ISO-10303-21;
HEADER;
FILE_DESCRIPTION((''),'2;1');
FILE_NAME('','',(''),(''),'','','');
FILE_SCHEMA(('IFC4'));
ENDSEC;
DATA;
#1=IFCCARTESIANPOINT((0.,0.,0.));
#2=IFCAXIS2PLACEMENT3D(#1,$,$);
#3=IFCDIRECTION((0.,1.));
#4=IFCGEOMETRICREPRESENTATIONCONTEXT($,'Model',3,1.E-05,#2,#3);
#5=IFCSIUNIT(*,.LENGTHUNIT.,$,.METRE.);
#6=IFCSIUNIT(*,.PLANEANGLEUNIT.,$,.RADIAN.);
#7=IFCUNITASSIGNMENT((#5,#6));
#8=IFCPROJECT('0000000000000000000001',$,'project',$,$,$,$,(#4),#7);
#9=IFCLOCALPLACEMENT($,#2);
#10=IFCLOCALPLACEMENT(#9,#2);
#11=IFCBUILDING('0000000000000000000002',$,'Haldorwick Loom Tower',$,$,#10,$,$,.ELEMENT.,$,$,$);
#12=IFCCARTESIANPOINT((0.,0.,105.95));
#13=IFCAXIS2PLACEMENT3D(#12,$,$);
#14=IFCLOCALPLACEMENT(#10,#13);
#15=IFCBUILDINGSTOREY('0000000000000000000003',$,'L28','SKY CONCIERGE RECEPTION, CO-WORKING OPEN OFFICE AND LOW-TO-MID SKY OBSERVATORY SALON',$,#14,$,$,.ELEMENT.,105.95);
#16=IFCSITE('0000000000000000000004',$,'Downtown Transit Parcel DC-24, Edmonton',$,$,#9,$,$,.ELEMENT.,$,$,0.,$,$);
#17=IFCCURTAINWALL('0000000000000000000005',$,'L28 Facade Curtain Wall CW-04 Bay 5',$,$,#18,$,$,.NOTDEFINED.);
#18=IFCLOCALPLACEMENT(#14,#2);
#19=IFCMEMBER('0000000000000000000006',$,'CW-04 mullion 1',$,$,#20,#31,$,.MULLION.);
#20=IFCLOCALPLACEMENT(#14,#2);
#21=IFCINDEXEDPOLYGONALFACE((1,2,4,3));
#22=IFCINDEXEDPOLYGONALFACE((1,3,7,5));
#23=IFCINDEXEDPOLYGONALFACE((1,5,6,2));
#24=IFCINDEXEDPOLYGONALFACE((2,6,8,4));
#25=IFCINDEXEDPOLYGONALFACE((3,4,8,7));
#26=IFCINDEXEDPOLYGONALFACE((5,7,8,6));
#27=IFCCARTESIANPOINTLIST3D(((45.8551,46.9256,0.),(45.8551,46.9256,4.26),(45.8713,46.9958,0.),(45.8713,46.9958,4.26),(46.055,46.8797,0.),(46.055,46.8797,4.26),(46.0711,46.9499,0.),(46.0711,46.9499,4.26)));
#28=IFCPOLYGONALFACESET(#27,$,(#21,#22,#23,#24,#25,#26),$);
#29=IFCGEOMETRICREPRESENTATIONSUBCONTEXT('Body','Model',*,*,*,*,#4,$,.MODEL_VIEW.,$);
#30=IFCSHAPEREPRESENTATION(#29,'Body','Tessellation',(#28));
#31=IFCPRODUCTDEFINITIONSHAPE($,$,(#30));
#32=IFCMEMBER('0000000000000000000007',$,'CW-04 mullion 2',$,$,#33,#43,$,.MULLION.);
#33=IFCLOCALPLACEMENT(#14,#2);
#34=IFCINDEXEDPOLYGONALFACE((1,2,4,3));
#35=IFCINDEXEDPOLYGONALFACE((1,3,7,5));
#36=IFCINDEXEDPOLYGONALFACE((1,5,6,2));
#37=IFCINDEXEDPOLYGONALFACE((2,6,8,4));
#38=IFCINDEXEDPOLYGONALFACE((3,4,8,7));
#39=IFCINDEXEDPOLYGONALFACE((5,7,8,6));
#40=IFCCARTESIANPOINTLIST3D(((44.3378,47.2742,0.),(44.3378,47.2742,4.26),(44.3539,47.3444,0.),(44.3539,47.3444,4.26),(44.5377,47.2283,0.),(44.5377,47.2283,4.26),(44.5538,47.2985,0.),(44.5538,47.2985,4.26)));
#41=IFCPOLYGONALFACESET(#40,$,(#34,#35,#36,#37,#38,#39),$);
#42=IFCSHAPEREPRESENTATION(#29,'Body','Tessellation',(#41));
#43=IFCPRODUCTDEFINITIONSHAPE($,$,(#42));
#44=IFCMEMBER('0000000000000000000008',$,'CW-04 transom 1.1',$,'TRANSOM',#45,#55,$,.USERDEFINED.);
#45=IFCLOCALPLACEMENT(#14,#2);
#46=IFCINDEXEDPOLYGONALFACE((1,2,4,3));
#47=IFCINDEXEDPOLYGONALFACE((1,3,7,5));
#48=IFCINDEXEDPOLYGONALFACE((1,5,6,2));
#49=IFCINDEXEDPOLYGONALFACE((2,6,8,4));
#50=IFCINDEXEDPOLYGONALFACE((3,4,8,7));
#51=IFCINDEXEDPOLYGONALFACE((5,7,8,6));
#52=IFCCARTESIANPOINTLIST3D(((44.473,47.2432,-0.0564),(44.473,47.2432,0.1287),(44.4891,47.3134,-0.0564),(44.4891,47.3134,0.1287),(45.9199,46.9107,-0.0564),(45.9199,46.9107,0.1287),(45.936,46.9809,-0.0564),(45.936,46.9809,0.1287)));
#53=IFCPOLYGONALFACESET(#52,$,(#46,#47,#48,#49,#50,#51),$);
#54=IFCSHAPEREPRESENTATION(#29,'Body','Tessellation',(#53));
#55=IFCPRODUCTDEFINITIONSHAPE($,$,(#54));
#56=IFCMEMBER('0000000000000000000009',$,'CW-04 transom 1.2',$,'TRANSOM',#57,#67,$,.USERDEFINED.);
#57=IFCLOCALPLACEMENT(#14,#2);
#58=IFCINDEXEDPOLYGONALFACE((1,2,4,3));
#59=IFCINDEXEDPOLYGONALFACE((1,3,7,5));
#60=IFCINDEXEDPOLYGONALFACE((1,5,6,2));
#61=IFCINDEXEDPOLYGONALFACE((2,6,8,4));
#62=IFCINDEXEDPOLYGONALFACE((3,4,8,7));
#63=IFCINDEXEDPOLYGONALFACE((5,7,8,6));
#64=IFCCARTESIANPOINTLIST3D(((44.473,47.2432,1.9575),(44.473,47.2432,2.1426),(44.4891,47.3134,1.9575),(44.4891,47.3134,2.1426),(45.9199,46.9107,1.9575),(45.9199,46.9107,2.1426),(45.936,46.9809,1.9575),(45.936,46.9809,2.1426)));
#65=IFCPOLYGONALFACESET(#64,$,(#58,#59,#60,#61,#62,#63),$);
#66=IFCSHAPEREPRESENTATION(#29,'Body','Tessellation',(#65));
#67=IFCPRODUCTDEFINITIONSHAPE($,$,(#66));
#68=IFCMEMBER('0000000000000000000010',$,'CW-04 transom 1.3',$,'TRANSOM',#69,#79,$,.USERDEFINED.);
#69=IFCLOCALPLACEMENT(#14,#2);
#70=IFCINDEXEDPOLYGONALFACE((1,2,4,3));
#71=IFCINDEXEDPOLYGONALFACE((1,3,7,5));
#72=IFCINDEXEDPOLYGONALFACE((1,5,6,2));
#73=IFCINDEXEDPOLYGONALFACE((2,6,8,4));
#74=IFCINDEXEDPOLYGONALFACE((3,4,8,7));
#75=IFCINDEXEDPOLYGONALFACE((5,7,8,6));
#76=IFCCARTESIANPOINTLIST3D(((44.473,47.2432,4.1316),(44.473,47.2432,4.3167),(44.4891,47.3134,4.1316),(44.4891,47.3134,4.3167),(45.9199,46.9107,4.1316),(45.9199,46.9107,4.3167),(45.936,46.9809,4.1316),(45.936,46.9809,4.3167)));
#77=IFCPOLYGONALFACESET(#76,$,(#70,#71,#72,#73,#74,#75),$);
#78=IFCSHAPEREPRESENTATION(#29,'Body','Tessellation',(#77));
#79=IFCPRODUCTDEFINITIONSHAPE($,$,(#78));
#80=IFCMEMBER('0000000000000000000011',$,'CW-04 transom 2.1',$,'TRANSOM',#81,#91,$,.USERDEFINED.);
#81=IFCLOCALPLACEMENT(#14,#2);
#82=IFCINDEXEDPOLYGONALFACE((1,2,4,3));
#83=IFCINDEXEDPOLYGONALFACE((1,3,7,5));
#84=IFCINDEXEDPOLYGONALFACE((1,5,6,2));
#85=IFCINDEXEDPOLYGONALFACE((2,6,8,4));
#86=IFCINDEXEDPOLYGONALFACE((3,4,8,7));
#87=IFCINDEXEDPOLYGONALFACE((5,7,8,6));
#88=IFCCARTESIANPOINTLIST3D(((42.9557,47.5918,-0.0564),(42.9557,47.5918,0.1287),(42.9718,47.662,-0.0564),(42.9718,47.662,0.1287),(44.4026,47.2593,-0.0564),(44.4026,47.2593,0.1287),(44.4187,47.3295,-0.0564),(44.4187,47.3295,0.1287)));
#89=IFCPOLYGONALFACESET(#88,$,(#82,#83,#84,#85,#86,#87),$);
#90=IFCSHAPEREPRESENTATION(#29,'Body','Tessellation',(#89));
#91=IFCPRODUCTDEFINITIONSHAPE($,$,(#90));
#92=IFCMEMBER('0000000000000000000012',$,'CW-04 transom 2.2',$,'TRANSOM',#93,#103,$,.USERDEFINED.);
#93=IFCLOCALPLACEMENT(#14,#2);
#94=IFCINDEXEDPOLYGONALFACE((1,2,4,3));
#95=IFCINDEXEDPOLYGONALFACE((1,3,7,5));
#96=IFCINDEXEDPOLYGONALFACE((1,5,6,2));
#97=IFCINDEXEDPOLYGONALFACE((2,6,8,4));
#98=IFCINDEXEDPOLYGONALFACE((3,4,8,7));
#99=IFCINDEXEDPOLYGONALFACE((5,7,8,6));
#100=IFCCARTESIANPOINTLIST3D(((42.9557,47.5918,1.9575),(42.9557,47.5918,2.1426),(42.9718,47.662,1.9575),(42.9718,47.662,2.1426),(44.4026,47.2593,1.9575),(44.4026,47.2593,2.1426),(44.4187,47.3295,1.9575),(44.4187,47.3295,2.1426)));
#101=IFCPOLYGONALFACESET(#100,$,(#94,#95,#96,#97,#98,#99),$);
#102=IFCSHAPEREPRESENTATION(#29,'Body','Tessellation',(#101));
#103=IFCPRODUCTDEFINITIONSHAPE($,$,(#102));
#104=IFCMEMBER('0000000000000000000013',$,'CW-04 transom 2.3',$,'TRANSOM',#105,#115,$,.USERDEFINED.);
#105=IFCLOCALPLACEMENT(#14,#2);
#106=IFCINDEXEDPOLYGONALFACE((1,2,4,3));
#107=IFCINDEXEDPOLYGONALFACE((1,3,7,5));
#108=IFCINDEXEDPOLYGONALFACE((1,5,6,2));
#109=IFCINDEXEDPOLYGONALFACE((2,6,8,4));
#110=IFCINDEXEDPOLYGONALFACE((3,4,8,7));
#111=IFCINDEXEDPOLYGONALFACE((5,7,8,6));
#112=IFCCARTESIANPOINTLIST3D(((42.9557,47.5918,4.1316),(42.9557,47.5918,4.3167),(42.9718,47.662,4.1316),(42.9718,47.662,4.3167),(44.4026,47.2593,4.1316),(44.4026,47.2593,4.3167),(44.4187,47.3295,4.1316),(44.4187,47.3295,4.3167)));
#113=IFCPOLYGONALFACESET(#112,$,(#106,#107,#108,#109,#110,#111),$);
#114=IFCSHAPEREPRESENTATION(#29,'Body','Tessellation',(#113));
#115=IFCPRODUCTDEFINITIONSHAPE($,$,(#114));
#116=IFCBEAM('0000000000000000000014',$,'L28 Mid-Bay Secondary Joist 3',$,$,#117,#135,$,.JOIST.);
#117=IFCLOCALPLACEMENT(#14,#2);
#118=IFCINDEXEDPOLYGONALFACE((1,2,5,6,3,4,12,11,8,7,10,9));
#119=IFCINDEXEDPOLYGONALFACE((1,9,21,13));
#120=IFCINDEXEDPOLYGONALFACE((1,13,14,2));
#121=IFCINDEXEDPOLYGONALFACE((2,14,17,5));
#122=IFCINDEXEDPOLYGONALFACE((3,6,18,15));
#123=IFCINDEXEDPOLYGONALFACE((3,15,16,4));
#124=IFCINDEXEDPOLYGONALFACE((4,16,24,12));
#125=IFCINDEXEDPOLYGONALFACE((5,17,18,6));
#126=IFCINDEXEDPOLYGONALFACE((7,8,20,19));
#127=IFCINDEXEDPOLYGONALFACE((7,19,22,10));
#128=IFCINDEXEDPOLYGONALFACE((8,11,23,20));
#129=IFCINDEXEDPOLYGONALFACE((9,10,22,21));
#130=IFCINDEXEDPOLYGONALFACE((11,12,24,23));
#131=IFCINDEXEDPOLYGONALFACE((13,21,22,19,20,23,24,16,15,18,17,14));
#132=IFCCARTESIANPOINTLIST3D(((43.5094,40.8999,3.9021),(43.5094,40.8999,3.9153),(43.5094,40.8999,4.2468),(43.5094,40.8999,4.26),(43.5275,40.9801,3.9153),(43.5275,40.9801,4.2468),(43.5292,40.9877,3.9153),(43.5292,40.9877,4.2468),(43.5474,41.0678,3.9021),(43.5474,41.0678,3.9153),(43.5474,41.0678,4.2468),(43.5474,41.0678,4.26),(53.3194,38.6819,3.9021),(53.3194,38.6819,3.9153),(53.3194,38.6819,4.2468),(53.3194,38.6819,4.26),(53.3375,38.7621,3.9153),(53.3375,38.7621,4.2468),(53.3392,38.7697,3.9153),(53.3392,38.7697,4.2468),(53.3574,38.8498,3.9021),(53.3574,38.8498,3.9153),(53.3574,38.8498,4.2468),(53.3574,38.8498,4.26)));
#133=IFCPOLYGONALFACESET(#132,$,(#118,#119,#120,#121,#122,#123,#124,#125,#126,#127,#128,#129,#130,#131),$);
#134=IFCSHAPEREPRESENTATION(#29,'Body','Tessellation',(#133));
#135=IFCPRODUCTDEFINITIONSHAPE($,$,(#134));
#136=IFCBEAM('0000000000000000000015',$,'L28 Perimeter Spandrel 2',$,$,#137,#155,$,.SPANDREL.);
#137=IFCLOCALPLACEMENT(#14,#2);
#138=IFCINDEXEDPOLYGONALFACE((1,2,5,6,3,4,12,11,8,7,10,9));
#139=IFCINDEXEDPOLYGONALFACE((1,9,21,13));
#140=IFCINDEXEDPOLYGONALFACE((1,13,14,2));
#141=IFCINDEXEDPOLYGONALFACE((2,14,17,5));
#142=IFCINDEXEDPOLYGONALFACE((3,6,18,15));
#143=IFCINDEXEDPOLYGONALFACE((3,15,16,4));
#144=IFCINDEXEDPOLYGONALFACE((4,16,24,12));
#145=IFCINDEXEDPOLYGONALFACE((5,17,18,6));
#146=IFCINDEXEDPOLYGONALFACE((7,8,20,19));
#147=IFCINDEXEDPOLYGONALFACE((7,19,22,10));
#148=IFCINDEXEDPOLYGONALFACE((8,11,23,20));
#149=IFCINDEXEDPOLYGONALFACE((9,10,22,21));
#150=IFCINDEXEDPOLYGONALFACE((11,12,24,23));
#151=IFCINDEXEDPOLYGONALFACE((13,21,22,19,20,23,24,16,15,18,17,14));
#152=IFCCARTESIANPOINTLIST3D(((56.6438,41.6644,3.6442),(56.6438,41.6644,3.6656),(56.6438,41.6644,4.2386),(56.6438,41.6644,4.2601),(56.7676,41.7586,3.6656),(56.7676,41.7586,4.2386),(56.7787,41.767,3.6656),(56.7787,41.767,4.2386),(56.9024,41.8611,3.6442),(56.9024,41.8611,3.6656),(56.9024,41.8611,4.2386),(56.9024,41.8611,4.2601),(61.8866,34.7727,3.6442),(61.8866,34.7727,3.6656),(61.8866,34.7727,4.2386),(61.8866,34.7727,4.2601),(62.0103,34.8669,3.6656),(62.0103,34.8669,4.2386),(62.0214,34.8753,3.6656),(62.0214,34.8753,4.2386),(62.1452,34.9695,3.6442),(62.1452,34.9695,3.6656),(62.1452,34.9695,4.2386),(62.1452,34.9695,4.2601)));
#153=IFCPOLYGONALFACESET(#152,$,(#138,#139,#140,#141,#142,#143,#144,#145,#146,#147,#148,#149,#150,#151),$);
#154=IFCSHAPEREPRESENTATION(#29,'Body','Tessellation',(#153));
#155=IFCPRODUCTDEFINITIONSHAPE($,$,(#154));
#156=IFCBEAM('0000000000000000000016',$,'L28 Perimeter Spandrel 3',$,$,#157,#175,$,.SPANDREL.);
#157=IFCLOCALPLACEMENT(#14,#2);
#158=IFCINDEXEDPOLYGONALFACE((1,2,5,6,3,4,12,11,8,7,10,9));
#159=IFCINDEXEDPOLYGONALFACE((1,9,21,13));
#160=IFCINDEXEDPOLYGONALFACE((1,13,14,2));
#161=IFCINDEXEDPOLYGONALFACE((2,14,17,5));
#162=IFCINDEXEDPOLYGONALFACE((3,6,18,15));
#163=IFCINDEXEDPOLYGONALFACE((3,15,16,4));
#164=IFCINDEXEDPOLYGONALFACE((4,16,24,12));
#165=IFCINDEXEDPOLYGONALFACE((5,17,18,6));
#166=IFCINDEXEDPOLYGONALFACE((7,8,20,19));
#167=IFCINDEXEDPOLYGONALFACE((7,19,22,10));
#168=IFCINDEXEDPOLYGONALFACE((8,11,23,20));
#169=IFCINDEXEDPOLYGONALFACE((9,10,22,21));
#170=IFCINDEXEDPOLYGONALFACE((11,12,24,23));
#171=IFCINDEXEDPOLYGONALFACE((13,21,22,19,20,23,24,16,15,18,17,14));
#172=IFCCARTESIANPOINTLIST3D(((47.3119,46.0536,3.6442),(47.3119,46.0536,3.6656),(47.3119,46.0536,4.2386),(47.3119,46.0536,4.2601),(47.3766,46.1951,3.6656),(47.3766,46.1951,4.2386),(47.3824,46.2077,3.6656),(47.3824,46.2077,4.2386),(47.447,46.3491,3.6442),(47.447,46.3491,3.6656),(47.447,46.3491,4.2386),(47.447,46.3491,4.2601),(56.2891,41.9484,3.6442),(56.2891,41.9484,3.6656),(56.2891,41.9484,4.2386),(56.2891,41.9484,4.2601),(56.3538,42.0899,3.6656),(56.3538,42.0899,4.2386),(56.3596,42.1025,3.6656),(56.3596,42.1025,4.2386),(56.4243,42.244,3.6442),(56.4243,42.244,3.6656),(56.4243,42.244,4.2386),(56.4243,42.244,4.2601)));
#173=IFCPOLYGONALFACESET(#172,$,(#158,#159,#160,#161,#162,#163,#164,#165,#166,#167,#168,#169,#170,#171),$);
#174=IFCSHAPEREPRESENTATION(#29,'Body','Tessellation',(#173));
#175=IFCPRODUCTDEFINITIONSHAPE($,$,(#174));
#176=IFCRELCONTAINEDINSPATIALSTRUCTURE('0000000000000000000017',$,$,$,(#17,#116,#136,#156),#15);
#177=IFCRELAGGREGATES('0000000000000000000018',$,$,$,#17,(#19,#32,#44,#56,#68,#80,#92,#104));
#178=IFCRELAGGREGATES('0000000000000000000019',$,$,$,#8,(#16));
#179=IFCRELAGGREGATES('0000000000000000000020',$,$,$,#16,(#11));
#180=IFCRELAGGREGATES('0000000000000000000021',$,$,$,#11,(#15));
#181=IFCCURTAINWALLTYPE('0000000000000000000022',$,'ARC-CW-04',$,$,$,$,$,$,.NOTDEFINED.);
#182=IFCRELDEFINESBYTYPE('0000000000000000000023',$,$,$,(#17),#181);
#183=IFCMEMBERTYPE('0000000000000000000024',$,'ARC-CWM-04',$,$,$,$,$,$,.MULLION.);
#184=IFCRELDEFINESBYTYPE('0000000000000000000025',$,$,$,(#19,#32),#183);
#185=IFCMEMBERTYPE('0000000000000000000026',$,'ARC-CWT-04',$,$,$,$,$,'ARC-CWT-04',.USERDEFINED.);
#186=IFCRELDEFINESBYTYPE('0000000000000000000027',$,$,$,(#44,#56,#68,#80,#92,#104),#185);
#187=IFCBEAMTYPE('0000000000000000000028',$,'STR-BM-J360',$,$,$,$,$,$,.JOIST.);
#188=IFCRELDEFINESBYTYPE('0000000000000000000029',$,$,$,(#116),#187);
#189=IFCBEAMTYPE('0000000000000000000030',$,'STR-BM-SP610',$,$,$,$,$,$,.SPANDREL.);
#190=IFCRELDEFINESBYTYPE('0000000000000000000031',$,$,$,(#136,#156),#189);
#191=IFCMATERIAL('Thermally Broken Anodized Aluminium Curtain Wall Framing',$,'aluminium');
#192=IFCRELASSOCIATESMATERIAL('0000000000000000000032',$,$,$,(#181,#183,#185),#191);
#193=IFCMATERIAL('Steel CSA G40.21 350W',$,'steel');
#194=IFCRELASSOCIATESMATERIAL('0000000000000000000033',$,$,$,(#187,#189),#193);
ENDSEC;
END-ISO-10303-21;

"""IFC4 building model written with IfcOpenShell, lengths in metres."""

from ifc_helpers import new_model, si_unit, direction, frame, origin, origin_2d, place, context, subcontext, project, spatial, rectangle, i_section, extrude, material, material_profile, profile_set, type_object, element, aggregate, save


model = new_model("IFC4")

# Units and contexts
model_context = context("Model", 3, precision=1e-05, world=origin(), true_north=direction((0.0, 1.0)))
body_context = subcontext(model_context, "Body", "Model", "MODEL_VIEW")
ifc_project = project(units=[si_unit("LENGTHUNIT", "METRE"), si_unit("PLANEANGLEUNIT", "RADIAN")], contexts=[model_context])

# Site, building, storey
site_placement = place(None, origin())
site = spatial("IfcSite", under=ifc_project, at=site_placement, Name="Downtown Transit Parcel DC-24, Edmonton", CompositionType="ELEMENT", RefElevation=0.0)
building_placement = place(site_placement, origin())
building = spatial("IfcBuilding", under=site, at=building_placement, Name="Haldorwick Loom Tower", CompositionType="ELEMENT")
storey_placement = place(building_placement, frame((0.0, 0.0, 105.95)))
storey = spatial("IfcBuildingStorey", under=building, at=storey_placement, Name="L28", Description="SKY CONCIERGE RECEPTION, CO-WORKING OPEN OFFICE AND LOW-TO-MID SKY OBSERVATORY SALON", CompositionType="ELEMENT", Elevation=105.95)

# Curtain wall, members
ifc_material_1 = material(Name="Thermally Broken Anodized Aluminium Curtain Wall Framing", Category="aluminium")
curtain_wall_type = type_object("IfcCurtainWallType", Name="ARC-CW-04", PredefinedType="NOTDEFINED", material=ifc_material_1)
curtain_wall_placement = place(storey_placement, origin())
curtain_wall = element("IfcCurtainWall", 1, at=curtain_wall_placement, inside=storey, type_object=curtain_wall_type, Name="L28 Facade Curtain Wall CW-04 Bay 5", PredefinedType="NOTDEFINED")
ifc_material_profile_1 = material_profile(ifc_material_1, rectangle(XDim=0.072, YDim=0.2051, at=origin_2d()), Name="ALU_MUL_72X205", Category="aluminium")
ifc_profile_set_1 = profile_set([ifc_material_profile_1], Name="Thermally Broken Anodized Aluminium Curtain Wall Framing")
member_type_1 = type_object("IfcMemberType", Name="ARC-CWM-04", PredefinedType="MULLION", material=ifc_profile_set_1)
member_1_placement = place(storey_placement, frame((45.9631, 46.9377, 0.0), z_axis=(0.0, 0.0, 1.0), x_axis=(-0.223981, -0.974593, 0.0)))
member_1 = element("IfcMember", 2, at=member_1_placement, type_object=member_type_1, Name="CW-04 mullion 1", PredefinedType="MULLION", context=body_context, shape_type="SweptSolid", body=[
    extrude(rectangle(XDim=0.072, YDim=0.2051, at=origin_2d()), origin(), (0.0, 0.0, 1.0), 4.26),
])
member_2_placement = place(storey_placement, frame((44.4458, 47.2864, 0.0), z_axis=(0.0, 0.0, 1.0), x_axis=(-0.223981, -0.974593, 0.0)))
member_2 = element("IfcMember", 3, at=member_2_placement, type_object=member_type_1, Name="CW-04 mullion 2", PredefinedType="MULLION", context=body_context, shape_type="SweptSolid", body=[
    extrude(rectangle(XDim=0.072, YDim=0.2051, at=origin_2d()), origin(), (0.0, 0.0, 1.0), 4.26),
])
ifc_material_profile_2 = material_profile(ifc_material_1, rectangle(XDim=0.072, YDim=0.1851, at=origin_2d()), Name="ALU_TRN_72X185", Category="aluminium")
ifc_profile_set_2 = profile_set([ifc_material_profile_2], Name="Thermally Broken Anodized Aluminium Curtain Wall Framing")
member_type_2 = type_object("IfcMemberType", Name="ARC-CWT-04", ElementType="ARC-CWT-04", PredefinedType="USERDEFINED", material=ifc_profile_set_2)
member_3_placement = place(storey_placement, frame((45.928, 46.9458, 0.0361), z_axis=(-0.974599, 0.223959, 0.0), x_axis=(-0.223959, -0.974599, 0.0)))
member_3 = element("IfcMember", 4, at=member_3_placement, type_object=member_type_2, Name="CW-04 transom 1.1", ObjectType="TRANSOM", PredefinedType="USERDEFINED", context=body_context, shape_type="SweptSolid", body=[
    extrude(rectangle(XDim=0.072, YDim=0.1851, at=origin_2d()), origin(), (0.0, 0.0, 1.0), 1.4846),
])
member_4_placement = place(storey_placement, frame((45.928, 46.9458, 2.05), z_axis=(-0.974599, 0.223959, 0.0), x_axis=(-0.223959, -0.974599, 0.0)))
member_4 = element("IfcMember", 5, at=member_4_placement, type_object=member_type_2, Name="CW-04 transom 1.2", ObjectType="TRANSOM", PredefinedType="USERDEFINED", context=body_context, shape_type="SweptSolid", body=[
    extrude(rectangle(XDim=0.072, YDim=0.1851, at=origin_2d()), origin(), (0.0, 0.0, 1.0), 1.4846),
])
member_5_placement = place(storey_placement, frame((45.928, 46.9458, 4.2241), z_axis=(-0.974599, 0.223959, 0.0), x_axis=(-0.223959, -0.974599, 0.0)))
member_5 = element("IfcMember", 6, at=member_5_placement, type_object=member_type_2, Name="CW-04 transom 1.3", ObjectType="TRANSOM", PredefinedType="USERDEFINED", context=body_context, shape_type="SweptSolid", body=[
    extrude(rectangle(XDim=0.072, YDim=0.1851, at=origin_2d()), origin(), (0.0, 0.0, 1.0), 1.4846),
])
member_6_placement = place(storey_placement, frame((44.4106, 47.2944, 0.0361), z_axis=(-0.974599, 0.223959, 0.0), x_axis=(-0.223959, -0.974599, 0.0)))
member_6 = element("IfcMember", 7, at=member_6_placement, type_object=member_type_2, Name="CW-04 transom 2.1", ObjectType="TRANSOM", PredefinedType="USERDEFINED", context=body_context, shape_type="SweptSolid", body=[
    extrude(rectangle(XDim=0.072, YDim=0.1851, at=origin_2d()), origin(), (0.0, 0.0, 1.0), 1.4846),
])
member_7_placement = place(storey_placement, frame((44.4106, 47.2944, 2.05), z_axis=(-0.974599, 0.223959, 0.0), x_axis=(-0.223959, -0.974599, 0.0)))
member_7 = element("IfcMember", 8, at=member_7_placement, type_object=member_type_2, Name="CW-04 transom 2.2", ObjectType="TRANSOM", PredefinedType="USERDEFINED", context=body_context, shape_type="SweptSolid", body=[
    extrude(rectangle(XDim=0.072, YDim=0.1851, at=origin_2d()), origin(), (0.0, 0.0, 1.0), 1.4846),
])
member_8_placement = place(storey_placement, frame((44.4106, 47.2944, 4.2241), z_axis=(-0.974599, 0.223959, 0.0), x_axis=(-0.223959, -0.974599, 0.0)))
member_8 = element("IfcMember", 9, at=member_8_placement, type_object=member_type_2, Name="CW-04 transom 2.3", ObjectType="TRANSOM", PredefinedType="USERDEFINED", context=body_context, shape_type="SweptSolid", body=[
    extrude(rectangle(XDim=0.072, YDim=0.1851, at=origin_2d()), origin(), (0.0, 0.0, 1.0), 1.4846),
])

# Beams
ifc_material_2 = material(Name="Steel CSA G40.21 350W", Category="steel")
ifc_material_profile_3 = material_profile(ifc_material_2, i_section(OverallWidth=0.1721, OverallDepth=0.3579, WebThickness=0.0078, FlangeThickness=0.0132, at=origin_2d()), Name="W360X57", Category="steel")
ifc_profile_set_3 = profile_set([ifc_material_profile_3], Name="Steel CSA G40.21 350W")
beam_type_1 = type_object("IfcBeamType", Name="STR-BM-J360", PredefinedType="JOIST", material=ifc_profile_set_3)
beam_1_placement = place(storey_placement, frame((53.3384, 38.7659, 4.0811), z_axis=(-0.97538, 0.22053, 0.0), x_axis=(-0.22053, -0.97538, 0.0)))
element("IfcBeam", 10, at=beam_1_placement, inside=storey, type_object=beam_type_1, Name="L28 Mid-Bay Secondary Joist 3", PredefinedType="JOIST", context=body_context, shape_type="SweptSolid", body=[
    extrude(i_section(OverallWidth=0.1721, OverallDepth=0.3579, WebThickness=0.0078, FlangeThickness=0.0132, at=origin_2d()), origin(), (0.0, 0.0, 1.0), 10.0576),
])
ifc_material_profile_4 = material_profile(ifc_material_2, i_section(OverallWidth=0.325, OverallDepth=0.616, WebThickness=0.0139, FlangeThickness=0.0215, at=origin_2d()), Name="W610X174", Category="steel")
ifc_profile_set_4 = profile_set([ifc_material_profile_4], Name="Steel CSA G40.21 350W")
beam_type_2 = type_object("IfcBeamType", Name="STR-BM-SP610", PredefinedType="SPANDREL", material=ifc_profile_set_4)
beam_2_placement = place(storey_placement, frame((62.0159, 34.8711, 3.9521), z_axis=(-0.605454, 0.795881, 0.0), x_axis=(-0.795881, -0.605454, 0.0)))
element("IfcBeam", 11, at=beam_2_placement, inside=storey, type_object=beam_type_2, Name="L28 Perimeter Spandrel 2", PredefinedType="SPANDREL", context=body_context, shape_type="SweptSolid", body=[
    extrude(i_section(OverallWidth=0.325, OverallDepth=0.616, WebThickness=0.0139, FlangeThickness=0.0215, at=origin_2d()), origin(), (0.0, 0.0, 1.0), 8.6592),
])
beam_3_placement = place(storey_placement, frame((56.3567, 42.0962, 3.9521), z_axis=(-0.909424, 0.41587, 0.0), x_axis=(-0.41587, -0.909424, 0.0)))
element("IfcBeam", 12, at=beam_3_placement, inside=storey, type_object=beam_type_2, Name="L28 Perimeter Spandrel 3", PredefinedType="SPANDREL", context=body_context, shape_type="SweptSolid", body=[
    extrude(i_section(OverallWidth=0.325, OverallDepth=0.616, WebThickness=0.0139, FlangeThickness=0.0215, at=origin_2d()), origin(), (0.0, 0.0, 1.0), 9.8713),
])

aggregate(curtain_wall, [member_1, member_2, member_3, member_4, member_5, member_6, member_7, member_8])

save(model, "model.ifc")
